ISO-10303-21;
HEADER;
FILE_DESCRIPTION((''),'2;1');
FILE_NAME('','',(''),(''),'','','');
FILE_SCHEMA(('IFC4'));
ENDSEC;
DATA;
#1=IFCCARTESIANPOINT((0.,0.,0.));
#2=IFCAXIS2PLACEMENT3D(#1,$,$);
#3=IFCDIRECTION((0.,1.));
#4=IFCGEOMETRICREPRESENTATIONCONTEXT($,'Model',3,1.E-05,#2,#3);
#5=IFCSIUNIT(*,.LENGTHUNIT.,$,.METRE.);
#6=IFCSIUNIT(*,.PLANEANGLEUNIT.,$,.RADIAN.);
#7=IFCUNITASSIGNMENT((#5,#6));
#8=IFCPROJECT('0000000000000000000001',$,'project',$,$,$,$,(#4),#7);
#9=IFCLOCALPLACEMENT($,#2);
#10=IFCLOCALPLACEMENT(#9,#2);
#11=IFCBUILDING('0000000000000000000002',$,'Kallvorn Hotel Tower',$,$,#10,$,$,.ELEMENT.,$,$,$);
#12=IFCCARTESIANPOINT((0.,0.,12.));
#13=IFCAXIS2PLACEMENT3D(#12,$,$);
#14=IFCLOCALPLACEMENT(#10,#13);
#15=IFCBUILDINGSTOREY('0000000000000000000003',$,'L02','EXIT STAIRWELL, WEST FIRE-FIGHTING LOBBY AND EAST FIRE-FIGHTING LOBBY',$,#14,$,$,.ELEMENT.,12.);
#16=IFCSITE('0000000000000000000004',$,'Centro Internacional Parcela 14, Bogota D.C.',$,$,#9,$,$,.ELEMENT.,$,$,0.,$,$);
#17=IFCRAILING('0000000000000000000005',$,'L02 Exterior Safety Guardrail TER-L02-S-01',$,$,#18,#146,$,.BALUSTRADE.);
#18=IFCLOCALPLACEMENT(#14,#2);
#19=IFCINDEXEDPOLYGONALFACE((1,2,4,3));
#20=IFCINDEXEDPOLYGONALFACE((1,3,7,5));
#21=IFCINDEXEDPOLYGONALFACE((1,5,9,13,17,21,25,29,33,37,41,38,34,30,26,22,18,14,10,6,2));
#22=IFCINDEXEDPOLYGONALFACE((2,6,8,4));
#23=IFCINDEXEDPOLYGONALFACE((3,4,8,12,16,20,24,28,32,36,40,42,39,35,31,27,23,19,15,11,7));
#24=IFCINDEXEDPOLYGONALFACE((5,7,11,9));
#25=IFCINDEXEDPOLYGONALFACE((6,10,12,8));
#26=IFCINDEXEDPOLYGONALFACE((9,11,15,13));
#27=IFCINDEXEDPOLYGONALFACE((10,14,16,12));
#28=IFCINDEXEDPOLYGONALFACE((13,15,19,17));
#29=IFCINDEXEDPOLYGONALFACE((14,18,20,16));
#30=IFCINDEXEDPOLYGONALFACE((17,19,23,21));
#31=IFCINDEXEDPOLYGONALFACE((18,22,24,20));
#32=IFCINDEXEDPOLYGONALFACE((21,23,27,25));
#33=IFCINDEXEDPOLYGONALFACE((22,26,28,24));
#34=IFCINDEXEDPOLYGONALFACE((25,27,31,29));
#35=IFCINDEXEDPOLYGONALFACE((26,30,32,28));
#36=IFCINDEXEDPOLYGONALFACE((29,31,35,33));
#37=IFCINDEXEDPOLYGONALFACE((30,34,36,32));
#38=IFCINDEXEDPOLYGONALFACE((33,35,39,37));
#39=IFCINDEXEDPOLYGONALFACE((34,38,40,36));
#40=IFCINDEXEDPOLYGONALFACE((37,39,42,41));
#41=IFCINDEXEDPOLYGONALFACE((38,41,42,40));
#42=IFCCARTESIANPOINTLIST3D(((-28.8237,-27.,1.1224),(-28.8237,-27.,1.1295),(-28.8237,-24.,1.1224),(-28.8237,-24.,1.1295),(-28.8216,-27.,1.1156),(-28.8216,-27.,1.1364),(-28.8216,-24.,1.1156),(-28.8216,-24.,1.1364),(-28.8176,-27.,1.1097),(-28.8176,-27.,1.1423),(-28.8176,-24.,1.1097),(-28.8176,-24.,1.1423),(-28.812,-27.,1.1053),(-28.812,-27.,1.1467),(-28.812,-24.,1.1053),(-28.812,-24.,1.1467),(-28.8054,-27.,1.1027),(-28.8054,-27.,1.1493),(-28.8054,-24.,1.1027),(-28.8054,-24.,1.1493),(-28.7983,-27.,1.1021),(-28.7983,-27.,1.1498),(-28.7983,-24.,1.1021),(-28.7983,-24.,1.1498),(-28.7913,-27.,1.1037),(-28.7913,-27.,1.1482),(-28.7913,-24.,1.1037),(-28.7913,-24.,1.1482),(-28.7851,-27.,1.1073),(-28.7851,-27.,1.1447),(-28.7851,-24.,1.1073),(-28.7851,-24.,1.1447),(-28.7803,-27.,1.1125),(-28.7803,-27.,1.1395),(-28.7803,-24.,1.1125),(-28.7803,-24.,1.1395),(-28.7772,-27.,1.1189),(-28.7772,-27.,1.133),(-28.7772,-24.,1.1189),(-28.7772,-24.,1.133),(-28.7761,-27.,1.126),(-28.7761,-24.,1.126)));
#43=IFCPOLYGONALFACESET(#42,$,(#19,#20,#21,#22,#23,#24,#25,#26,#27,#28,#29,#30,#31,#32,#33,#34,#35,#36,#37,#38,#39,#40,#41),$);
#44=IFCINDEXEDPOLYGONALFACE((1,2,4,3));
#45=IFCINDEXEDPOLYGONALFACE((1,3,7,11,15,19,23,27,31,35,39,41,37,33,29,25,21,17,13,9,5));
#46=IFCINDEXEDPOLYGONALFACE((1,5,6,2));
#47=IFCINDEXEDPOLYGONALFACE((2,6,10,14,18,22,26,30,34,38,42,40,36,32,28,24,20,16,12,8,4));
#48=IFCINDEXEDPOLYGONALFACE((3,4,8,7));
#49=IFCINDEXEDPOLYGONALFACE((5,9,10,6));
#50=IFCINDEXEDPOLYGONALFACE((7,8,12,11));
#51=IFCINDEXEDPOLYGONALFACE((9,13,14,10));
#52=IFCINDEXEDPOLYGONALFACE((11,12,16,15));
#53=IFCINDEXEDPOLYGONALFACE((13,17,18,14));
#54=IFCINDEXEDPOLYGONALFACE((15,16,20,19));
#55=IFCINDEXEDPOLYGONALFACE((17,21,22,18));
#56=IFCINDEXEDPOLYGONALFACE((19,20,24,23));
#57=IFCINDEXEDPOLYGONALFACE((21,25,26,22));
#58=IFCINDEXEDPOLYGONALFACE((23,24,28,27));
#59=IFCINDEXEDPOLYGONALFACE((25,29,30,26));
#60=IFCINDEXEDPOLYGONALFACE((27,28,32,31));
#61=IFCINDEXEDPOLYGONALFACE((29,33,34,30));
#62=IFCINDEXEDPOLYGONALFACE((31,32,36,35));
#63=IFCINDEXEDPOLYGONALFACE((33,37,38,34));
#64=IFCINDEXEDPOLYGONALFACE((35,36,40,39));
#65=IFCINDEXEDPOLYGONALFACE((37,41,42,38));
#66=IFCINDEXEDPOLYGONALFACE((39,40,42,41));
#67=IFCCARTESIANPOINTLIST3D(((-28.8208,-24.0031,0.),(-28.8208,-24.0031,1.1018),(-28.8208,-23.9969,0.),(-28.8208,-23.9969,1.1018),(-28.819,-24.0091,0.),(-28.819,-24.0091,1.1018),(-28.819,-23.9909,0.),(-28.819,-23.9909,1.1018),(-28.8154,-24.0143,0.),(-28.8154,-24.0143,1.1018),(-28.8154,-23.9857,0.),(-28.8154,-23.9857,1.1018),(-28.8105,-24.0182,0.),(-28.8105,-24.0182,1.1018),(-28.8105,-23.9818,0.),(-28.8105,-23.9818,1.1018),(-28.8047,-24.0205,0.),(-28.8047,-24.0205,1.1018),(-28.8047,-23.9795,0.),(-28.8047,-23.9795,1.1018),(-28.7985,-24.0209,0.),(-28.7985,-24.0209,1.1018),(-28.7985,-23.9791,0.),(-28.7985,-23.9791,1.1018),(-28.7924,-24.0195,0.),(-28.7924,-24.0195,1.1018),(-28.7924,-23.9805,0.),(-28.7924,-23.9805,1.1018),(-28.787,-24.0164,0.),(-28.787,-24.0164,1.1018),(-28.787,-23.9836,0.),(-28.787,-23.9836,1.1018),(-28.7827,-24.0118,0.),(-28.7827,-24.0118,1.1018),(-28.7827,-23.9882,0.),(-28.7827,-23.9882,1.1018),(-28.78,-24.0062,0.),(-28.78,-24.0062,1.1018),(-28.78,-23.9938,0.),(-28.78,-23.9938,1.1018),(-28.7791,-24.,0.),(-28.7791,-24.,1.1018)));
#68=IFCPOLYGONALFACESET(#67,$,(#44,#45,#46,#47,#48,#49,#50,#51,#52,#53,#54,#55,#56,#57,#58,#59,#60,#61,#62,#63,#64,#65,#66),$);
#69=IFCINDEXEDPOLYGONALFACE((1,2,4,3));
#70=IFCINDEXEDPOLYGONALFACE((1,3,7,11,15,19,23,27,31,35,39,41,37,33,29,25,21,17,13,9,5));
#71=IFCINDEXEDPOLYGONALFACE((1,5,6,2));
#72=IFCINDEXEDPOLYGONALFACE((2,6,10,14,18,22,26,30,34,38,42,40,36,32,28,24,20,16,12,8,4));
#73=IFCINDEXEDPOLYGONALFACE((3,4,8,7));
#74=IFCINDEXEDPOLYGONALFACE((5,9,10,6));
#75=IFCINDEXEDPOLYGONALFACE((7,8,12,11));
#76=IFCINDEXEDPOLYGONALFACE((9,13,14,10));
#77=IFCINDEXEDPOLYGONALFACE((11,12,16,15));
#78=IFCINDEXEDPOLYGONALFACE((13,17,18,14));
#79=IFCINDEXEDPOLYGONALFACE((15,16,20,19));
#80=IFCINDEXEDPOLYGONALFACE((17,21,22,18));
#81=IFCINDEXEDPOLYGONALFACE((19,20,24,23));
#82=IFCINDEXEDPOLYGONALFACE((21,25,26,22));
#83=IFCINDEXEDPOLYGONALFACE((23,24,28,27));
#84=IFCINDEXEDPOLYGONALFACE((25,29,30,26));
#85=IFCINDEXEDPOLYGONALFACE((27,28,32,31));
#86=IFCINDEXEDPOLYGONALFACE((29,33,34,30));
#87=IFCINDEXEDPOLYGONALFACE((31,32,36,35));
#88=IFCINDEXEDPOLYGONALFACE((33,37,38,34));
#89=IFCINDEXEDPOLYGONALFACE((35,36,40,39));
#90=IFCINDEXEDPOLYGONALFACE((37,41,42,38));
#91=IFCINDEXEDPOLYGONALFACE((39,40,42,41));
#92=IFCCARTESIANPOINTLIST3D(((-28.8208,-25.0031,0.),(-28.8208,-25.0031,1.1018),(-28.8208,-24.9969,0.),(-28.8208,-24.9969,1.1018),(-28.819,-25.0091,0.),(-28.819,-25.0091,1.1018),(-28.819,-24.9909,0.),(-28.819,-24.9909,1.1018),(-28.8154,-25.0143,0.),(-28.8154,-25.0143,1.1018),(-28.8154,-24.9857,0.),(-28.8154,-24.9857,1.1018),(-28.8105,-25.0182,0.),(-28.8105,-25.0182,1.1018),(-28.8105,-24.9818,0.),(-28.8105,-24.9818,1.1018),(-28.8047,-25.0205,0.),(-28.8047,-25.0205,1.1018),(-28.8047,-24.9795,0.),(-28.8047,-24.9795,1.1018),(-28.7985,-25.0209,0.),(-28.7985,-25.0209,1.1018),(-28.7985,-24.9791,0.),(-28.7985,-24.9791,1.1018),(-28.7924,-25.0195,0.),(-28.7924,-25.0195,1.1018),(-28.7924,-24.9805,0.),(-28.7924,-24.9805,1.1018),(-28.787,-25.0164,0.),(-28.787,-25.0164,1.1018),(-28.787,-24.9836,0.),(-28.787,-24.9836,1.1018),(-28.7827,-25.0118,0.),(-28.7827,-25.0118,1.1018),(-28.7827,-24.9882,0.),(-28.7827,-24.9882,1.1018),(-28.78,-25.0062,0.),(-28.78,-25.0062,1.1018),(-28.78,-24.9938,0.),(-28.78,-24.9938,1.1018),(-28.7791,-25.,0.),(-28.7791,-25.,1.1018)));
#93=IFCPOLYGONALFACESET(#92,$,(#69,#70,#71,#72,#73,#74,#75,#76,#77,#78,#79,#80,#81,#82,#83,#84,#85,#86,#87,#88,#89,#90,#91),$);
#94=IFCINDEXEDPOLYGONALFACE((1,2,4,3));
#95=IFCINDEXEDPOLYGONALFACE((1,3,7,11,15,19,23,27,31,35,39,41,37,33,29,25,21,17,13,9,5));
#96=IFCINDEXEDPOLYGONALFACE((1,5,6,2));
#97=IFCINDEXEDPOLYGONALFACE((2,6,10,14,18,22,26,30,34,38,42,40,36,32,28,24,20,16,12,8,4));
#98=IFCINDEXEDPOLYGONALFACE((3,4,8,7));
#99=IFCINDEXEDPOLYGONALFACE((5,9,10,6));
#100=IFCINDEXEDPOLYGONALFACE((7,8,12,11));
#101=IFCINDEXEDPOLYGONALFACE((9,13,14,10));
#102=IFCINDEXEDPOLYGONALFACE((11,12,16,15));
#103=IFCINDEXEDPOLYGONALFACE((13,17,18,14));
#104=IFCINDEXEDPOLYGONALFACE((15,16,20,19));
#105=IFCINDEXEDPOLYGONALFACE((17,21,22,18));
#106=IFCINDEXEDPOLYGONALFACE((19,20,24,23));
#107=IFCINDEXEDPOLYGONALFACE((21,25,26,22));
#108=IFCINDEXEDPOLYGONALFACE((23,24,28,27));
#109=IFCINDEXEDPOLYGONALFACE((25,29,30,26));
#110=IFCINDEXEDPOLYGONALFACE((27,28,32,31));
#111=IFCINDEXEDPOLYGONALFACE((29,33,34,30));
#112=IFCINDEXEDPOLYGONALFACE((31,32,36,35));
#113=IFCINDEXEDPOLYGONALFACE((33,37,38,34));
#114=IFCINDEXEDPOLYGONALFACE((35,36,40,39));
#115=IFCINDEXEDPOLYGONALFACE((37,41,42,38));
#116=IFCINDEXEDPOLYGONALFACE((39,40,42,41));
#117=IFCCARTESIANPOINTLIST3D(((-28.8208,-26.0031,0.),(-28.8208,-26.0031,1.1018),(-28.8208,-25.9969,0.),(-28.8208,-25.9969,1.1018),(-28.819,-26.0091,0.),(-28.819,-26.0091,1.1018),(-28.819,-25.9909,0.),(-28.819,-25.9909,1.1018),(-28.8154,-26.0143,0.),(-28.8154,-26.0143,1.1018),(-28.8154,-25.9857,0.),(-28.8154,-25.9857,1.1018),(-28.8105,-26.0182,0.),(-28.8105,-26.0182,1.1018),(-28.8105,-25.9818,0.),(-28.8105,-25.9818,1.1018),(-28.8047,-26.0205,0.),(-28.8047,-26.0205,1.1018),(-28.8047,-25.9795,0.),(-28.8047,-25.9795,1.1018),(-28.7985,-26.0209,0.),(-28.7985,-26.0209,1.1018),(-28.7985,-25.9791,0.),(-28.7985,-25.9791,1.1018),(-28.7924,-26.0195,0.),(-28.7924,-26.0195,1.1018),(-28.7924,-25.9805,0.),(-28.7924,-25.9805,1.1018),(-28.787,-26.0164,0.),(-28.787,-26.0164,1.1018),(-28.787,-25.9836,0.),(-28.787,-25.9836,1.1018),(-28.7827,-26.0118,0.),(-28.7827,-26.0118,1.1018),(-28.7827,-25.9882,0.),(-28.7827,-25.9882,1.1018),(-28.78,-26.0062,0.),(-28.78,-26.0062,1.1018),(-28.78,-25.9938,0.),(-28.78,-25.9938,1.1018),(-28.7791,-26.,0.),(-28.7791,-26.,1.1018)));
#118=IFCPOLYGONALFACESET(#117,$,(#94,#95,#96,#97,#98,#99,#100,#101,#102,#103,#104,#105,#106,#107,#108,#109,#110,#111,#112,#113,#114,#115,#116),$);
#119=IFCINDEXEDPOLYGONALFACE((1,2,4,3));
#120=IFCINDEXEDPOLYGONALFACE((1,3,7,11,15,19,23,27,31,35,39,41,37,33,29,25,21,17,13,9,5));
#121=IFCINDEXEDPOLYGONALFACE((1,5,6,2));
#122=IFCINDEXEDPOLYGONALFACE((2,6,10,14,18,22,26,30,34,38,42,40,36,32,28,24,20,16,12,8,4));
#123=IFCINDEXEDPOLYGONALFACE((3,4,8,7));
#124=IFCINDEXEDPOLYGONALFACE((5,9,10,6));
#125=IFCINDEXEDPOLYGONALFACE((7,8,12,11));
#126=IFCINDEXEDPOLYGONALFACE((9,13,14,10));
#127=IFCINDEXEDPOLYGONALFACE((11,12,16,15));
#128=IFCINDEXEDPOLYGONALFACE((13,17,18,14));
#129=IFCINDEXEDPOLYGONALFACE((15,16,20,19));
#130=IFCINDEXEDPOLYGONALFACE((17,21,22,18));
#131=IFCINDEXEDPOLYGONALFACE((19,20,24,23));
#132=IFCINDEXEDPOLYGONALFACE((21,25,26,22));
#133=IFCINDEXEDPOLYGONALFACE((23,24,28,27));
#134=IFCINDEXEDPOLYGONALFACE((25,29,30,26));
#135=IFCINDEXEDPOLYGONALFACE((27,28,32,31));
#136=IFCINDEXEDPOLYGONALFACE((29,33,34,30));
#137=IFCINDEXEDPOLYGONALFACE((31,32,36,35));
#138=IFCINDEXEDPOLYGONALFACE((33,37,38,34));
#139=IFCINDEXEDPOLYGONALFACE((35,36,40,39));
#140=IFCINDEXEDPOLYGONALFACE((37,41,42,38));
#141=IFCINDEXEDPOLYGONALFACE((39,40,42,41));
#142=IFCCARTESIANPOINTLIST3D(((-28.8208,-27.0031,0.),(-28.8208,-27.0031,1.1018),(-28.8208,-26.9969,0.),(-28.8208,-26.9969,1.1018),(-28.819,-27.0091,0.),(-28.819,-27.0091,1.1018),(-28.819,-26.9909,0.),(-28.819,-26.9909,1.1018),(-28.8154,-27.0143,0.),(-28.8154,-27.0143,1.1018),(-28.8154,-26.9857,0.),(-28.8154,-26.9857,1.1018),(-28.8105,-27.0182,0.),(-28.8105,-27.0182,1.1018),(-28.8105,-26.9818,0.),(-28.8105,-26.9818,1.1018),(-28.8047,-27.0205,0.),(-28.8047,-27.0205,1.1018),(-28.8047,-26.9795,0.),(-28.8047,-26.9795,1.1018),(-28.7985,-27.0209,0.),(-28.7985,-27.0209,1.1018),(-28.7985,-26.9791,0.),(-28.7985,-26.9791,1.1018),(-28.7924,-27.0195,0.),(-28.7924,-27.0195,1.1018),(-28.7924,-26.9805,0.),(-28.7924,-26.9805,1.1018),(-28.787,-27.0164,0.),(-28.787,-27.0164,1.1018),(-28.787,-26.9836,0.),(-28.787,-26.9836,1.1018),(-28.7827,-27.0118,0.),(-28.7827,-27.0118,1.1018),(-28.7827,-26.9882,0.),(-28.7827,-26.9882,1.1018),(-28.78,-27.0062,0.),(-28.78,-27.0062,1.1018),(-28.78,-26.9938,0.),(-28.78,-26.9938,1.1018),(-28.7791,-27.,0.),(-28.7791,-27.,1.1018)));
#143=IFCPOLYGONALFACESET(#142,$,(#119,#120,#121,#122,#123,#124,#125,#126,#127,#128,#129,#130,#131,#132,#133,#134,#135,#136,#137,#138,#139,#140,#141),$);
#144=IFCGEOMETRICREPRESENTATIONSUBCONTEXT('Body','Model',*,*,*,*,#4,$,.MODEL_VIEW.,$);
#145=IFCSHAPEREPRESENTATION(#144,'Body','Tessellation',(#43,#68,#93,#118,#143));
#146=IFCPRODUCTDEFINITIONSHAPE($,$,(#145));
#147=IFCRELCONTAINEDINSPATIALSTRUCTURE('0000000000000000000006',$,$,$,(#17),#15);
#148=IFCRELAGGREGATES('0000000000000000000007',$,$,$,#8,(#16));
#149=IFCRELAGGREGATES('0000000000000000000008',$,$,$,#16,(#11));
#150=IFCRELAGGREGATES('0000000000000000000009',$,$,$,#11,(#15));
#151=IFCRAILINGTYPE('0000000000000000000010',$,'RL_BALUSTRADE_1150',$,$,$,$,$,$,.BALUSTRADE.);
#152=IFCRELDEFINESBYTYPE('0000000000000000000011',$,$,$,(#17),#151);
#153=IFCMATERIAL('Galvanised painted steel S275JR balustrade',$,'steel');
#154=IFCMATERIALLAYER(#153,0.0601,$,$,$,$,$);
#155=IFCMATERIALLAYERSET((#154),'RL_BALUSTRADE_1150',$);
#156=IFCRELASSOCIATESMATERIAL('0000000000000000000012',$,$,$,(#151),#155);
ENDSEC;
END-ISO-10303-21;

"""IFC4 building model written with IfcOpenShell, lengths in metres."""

from ifc_helpers import new_model, si_unit, direction, frame, origin, origin_2d, place, context, subcontext, project, spatial, circle, extrude, material, layer, layer_set, type_object, element, save


model = new_model("IFC4")

# Units and contexts
model_context = context("Model", 3, precision=1e-05, world=origin(), true_north=direction((0.0, 1.0)))
body_context = subcontext(model_context, "Body", "Model", "MODEL_VIEW")
ifc_project = project(units=[si_unit("LENGTHUNIT", "METRE"), si_unit("PLANEANGLEUNIT", "RADIAN")], contexts=[model_context])

# Site, building, storey
site_placement = place(None, origin())
site = spatial("IfcSite", under=ifc_project, at=site_placement, Name="Centro Internacional Parcela 14, Bogota D.C.", CompositionType="ELEMENT", RefElevation=0.0)
building_placement = place(site_placement, origin())
building = spatial("IfcBuilding", under=site, at=building_placement, Name="Kallvorn Hotel Tower", CompositionType="ELEMENT")
storey_placement = place(building_placement, frame((0.0, 0.0, 12.0)))
storey = spatial("IfcBuildingStorey", under=building, at=storey_placement, Name="L02", Description="EXIT STAIRWELL, WEST FIRE-FIGHTING LOBBY AND EAST FIRE-FIGHTING LOBBY", CompositionType="ELEMENT", Elevation=12.0)

# Railing
ifc_material_1 = material(Name="Galvanised painted steel S275JR balustrade", Category="steel")
ifc_layer_1 = layer(ifc_material_1, 0.0601)
ifc_layer_set_1 = layer_set([ifc_layer_1], Name="RL_BALUSTRADE_1150")
railing_type = type_object("IfcRailingType", Name="RL_BALUSTRADE_1150", PredefinedType="BALUSTRADE", material=ifc_layer_set_1)
railing_1_placement = place(storey_placement, frame((-28.8, -24.0, 0.0)))
element("IfcRailing", 1, at=railing_1_placement, inside=storey, type_object=railing_type, Name="L02 Exterior Safety Guardrail TER-L02-S-01", PredefinedType="BALUSTRADE", context=body_context, shape_type="SweptSolid", body=[
    extrude(circle(Radius=0.0239, at=origin_2d()), frame((0.0, 0.0, 1.126), z_axis=(0.0, -1.0, 0.0), x_axis=(1.0, 0.0, 0.0)), (0.0, 0.0, 1.0), 3.0),
    extrude(circle(Radius=0.021, at=origin_2d()), origin(), (0.0, 0.0, 1.0), 1.1018),
    extrude(circle(Radius=0.021, at=origin_2d()), frame((0.0, -1.0, 0.0)), (0.0, 0.0, 1.0), 1.1018),
    extrude(circle(Radius=0.021, at=origin_2d()), frame((0.0, -2.0, 0.0)), (0.0, 0.0, 1.0), 1.1018),
    extrude(circle(Radius=0.021, at=origin_2d()), frame((0.0, -3.0, 0.0)), (0.0, 0.0, 1.0), 1.1018),
])

save(model, "model.ifc")
